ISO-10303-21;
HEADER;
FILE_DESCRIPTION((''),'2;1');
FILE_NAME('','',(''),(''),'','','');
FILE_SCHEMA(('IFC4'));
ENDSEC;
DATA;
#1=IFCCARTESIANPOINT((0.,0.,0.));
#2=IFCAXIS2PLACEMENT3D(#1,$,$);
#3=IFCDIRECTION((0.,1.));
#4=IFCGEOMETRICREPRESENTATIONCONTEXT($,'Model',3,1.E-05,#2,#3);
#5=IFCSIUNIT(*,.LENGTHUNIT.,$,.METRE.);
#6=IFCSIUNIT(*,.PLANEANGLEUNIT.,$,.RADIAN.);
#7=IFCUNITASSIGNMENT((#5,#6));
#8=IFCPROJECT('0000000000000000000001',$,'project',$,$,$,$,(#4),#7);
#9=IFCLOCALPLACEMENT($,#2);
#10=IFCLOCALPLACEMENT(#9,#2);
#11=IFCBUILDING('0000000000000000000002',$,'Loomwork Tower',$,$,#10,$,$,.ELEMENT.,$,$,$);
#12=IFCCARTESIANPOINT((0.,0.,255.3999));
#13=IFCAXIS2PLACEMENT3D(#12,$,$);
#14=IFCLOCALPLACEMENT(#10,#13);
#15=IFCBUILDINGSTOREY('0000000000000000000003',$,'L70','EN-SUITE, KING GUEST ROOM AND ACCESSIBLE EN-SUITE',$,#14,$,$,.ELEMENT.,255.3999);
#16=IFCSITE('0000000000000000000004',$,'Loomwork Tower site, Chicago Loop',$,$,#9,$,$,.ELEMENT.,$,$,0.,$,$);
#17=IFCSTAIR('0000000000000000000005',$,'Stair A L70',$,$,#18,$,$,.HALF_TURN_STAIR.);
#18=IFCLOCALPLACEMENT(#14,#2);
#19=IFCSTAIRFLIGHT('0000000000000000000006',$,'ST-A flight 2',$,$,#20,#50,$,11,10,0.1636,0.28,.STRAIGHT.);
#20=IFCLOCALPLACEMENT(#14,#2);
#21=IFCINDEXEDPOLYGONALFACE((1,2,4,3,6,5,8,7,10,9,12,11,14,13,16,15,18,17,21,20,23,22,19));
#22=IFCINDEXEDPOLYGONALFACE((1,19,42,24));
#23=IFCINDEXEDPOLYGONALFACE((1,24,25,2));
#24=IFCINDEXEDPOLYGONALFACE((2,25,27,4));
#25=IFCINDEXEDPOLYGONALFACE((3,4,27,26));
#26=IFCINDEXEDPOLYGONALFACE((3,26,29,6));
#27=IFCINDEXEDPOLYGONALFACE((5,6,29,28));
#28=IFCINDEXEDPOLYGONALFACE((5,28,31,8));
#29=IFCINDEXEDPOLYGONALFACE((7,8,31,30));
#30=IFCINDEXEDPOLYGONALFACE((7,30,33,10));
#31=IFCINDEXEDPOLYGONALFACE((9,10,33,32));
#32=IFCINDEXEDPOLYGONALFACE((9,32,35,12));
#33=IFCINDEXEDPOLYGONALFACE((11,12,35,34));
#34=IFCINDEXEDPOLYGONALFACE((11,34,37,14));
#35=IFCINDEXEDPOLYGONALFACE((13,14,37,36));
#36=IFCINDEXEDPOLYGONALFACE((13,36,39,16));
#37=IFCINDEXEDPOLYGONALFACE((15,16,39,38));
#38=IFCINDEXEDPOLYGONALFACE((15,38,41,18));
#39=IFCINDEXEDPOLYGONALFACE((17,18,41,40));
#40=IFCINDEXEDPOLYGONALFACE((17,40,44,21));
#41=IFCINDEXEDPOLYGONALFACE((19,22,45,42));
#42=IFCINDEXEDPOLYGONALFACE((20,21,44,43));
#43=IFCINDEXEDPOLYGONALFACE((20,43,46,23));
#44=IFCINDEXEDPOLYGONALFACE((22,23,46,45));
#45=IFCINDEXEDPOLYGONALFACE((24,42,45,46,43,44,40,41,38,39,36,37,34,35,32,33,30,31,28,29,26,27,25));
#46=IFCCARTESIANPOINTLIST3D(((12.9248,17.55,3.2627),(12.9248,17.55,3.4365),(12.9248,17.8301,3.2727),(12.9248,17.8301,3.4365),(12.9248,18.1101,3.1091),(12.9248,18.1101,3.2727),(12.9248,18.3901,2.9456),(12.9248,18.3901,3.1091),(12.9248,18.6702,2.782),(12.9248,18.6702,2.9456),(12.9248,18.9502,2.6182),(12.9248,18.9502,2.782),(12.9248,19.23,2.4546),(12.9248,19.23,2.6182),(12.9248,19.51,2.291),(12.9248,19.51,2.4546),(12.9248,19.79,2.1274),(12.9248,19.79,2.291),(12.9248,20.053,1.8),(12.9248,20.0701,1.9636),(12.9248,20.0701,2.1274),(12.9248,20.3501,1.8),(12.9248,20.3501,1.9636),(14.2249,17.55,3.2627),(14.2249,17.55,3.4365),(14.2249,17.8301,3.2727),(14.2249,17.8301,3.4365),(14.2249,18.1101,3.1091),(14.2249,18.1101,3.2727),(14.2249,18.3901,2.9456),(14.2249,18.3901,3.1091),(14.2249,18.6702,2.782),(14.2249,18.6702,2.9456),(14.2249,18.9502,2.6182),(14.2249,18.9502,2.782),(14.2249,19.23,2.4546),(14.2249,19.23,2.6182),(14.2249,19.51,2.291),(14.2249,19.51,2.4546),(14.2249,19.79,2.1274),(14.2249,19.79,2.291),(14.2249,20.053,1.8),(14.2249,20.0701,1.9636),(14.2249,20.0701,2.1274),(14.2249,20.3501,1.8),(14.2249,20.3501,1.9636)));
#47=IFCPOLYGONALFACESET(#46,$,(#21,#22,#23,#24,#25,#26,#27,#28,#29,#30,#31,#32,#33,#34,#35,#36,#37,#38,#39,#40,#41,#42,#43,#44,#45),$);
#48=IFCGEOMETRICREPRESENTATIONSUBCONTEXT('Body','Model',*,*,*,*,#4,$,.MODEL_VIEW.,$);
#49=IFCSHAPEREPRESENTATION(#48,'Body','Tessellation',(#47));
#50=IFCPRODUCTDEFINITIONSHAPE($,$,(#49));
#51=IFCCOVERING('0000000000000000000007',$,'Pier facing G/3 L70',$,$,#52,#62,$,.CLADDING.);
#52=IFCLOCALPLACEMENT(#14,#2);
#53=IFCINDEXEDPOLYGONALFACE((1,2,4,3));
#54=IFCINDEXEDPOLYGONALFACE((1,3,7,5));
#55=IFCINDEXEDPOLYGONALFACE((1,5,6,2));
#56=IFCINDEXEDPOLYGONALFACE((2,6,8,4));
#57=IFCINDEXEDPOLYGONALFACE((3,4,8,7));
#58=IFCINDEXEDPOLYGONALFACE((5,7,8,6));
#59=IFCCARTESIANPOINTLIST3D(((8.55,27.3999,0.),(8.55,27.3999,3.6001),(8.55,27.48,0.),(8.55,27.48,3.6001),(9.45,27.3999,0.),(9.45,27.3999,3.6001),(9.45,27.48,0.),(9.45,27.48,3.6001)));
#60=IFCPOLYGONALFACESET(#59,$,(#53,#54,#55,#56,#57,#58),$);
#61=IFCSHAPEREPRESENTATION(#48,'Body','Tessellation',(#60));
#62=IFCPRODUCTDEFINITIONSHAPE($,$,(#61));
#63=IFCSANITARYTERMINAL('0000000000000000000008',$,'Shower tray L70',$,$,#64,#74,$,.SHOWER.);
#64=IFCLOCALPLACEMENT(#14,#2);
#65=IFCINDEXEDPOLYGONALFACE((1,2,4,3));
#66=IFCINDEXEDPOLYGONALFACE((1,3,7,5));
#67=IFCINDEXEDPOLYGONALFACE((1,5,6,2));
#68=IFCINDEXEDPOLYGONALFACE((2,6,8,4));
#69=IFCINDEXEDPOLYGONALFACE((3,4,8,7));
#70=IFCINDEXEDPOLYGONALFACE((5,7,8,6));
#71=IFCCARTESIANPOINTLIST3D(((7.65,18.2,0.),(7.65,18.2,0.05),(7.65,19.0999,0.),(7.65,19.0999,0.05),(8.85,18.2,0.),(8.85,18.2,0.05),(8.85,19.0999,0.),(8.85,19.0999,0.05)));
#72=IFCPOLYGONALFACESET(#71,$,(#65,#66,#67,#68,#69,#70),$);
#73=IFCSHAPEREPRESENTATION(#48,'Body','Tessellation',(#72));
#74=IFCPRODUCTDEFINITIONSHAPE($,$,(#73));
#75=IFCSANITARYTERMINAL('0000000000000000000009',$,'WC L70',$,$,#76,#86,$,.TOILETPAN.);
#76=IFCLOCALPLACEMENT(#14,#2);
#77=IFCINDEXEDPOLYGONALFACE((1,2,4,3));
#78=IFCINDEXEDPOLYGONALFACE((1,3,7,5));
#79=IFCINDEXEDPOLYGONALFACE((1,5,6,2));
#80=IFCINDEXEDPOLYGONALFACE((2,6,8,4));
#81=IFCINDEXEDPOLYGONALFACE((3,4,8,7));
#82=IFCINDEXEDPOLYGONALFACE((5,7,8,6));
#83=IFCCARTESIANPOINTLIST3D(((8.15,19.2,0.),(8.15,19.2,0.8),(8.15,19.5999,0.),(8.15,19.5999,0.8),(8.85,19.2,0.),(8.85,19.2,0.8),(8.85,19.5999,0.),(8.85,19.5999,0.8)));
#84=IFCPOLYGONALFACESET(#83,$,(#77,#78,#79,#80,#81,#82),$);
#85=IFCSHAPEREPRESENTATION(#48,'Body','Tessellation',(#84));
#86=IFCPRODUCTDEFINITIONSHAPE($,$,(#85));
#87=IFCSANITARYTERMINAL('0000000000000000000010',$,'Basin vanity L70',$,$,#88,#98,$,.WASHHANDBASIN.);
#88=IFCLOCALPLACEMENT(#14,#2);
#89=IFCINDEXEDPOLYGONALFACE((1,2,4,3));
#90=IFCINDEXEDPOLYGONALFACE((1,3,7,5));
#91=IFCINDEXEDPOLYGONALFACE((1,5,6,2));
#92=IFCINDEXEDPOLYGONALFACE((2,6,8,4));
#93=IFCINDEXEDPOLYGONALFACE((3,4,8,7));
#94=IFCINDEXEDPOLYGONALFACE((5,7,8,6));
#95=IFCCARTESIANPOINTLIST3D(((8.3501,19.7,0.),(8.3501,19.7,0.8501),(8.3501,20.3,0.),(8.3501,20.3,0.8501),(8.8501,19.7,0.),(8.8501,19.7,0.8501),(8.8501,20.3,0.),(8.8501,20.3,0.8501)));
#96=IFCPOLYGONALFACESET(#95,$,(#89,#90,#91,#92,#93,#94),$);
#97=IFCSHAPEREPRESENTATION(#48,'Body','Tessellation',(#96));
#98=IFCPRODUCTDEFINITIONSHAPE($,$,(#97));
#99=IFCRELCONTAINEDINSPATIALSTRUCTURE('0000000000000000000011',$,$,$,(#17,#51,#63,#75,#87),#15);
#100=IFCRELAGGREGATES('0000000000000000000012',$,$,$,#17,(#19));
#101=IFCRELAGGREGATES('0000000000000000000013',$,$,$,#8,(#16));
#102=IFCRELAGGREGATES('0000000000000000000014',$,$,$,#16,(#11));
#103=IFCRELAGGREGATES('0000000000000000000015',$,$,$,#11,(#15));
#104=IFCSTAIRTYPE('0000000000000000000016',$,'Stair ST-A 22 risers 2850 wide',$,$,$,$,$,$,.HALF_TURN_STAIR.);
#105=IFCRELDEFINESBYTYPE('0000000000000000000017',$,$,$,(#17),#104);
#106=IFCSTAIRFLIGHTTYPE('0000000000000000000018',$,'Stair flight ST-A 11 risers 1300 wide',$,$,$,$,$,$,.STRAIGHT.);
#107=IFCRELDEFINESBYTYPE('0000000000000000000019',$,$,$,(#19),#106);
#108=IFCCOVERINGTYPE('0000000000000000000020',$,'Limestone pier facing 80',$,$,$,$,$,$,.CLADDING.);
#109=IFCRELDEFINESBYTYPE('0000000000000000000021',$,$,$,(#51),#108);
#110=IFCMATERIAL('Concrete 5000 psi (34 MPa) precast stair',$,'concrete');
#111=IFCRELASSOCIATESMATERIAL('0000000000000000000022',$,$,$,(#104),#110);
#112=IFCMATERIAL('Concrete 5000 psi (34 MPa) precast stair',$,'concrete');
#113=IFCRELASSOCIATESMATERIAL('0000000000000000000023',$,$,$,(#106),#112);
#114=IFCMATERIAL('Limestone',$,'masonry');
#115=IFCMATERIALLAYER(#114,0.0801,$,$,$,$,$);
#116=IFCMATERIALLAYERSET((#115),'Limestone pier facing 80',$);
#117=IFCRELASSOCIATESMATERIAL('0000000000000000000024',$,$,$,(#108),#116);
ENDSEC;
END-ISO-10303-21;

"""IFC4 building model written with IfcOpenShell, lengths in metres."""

from ifc_helpers import new_model, si_unit, direction, frame, origin, origin_2d, place, context, subcontext, project, spatial, polyline, rectangle, outline, extrude, material, layer, layer_set, type_object, element, aggregate, save


model = new_model("IFC4")

# Units and contexts
model_context = context("Model", 3, precision=1e-05, world=origin(), true_north=direction((0.0, 1.0)))
body_context = subcontext(model_context, "Body", "Model", "MODEL_VIEW")
ifc_project = project(units=[si_unit("LENGTHUNIT", "METRE"), si_unit("PLANEANGLEUNIT", "RADIAN")], contexts=[model_context])

# Site, building, storey
site_placement = place(None, origin())
site = spatial("IfcSite", under=ifc_project, at=site_placement, Name="Loomwork Tower site, Chicago Loop", CompositionType="ELEMENT", RefElevation=0.0)
building_placement = place(site_placement, origin())
building = spatial("IfcBuilding", under=site, at=building_placement, Name="Loomwork Tower", CompositionType="ELEMENT")
storey_placement = place(building_placement, frame((0.0, 0.0, 255.3999)))
storey = spatial("IfcBuildingStorey", under=building, at=storey_placement, Name="L70", Description="EN-SUITE, KING GUEST ROOM AND ACCESSIBLE EN-SUITE", CompositionType="ELEMENT", Elevation=255.3999)

# Stair, stair flight
ifc_material_1 = material(Name="Concrete 5000 psi (34 MPa) precast stair", Category="concrete")
stair_type = type_object("IfcStairType", Name="Stair ST-A 22 risers 2850 wide", PredefinedType="HALF_TURN_STAIR", material=ifc_material_1)
stair_placement = place(storey_placement, origin())
stair = element("IfcStair", 1, at=stair_placement, inside=storey, type_object=stair_type, Name="Stair A L70", PredefinedType="HALF_TURN_STAIR")
ifc_material_2 = material(Name="Concrete 5000 psi (34 MPa) precast stair", Category="concrete")
stair_flight_type = type_object("IfcStairFlightType", Name="Stair flight ST-A 11 risers 1300 wide", PredefinedType="STRAIGHT", material=ifc_material_2)
stair_flight_placement = place(storey_placement, frame((13.575, 20.3501, 1.8), z_axis=(0.0, 0.0, 1.0), x_axis=(0.0, -1.0, 0.0)))
stair_flight = element("IfcStairFlight", 2, at=stair_flight_placement, type_object=stair_flight_type, Name="ST-A flight 2", NumberOfRisers=11, NumberOfTreads=10, PredefinedType="STRAIGHT", RiserHeight=0.1636, TreadLength=0.28, context=body_context, shape_type="SweptSolid", body=[
    extrude(outline(polyline([(0.0, 0.0), (0.0, 0.1636), (0.28, 0.1636), (0.28, 0.3274), (0.5601, 0.3274), (0.5601, 0.491), (0.8401, 0.491), (0.8401, 0.6545), (1.1201, 0.6545), (1.1201, 0.8181), (1.3999, 0.8181), (1.3999, 0.9819), (1.6799, 0.9819), (1.6799, 1.1455), (1.96, 1.1455), (1.96, 1.3091), (2.24, 1.3091), (2.24, 1.4727), (2.52, 1.4727), (2.52, 1.6365), (2.8, 1.6365), (2.8, 1.8), (2.8, 1.4626), (0.2971, 0.0), (0.0, 0.0)])), frame((0.0, 0.6499, 0.0), z_axis=(0.0, -1.0, 0.0), x_axis=(1.0, 0.0, 0.0)), (0.0, 0.0, 1.0), 1.3),
])
aggregate(stair, [stair_flight])

# Covering
ifc_material_3 = material(Name="Limestone", Category="masonry")
ifc_layer_1 = layer(ifc_material_3, 0.0801)
ifc_layer_set_1 = layer_set([ifc_layer_1], Name="Limestone pier facing 80")
covering_type = type_object("IfcCoveringType", Name="Limestone pier facing 80", PredefinedType="CLADDING", material=ifc_layer_set_1)
covering_placement = place(storey_placement, frame((9.0, 27.4399, 0.0), z_axis=(0.0, 0.0, 1.0), x_axis=(1.0, 0.0, 0.0)))
element("IfcCovering", 3, at=covering_placement, inside=storey, type_object=covering_type, Name="Pier facing G/3 L70", PredefinedType="CLADDING", context=body_context, shape_type="SweptSolid", body=[
    extrude(rectangle(XDim=0.8999, YDim=0.0801, at=origin_2d()), origin(), (0.0, 0.0, 1.0), 3.6001),
])

# Sanitary terminals
sanitary_terminal_1_placement = place(storey_placement, frame((8.25, 18.6499, 0.0), z_axis=(0.0, 0.0, 1.0), x_axis=(1.0, 0.0, 0.0)))
element("IfcSanitaryTerminal", 4, at=sanitary_terminal_1_placement, inside=storey, Name="Shower tray L70", PredefinedType="SHOWER", context=body_context, shape_type="SweptSolid", body=[
    extrude(rectangle(XDim=1.2, YDim=0.8999, at=origin_2d()), origin(), (0.0, 0.0, 1.0), 0.05),
])
sanitary_terminal_2_placement = place(storey_placement, frame((8.5, 19.3999, 0.0), z_axis=(0.0, 0.0, 1.0), x_axis=(1.0, 0.0, 0.0)))
element("IfcSanitaryTerminal", 5, at=sanitary_terminal_2_placement, inside=storey, Name="WC L70", PredefinedType="TOILETPAN", context=body_context, shape_type="SweptSolid", body=[
    extrude(rectangle(XDim=0.7, YDim=0.3999, at=origin_2d()), origin(), (0.0, 0.0, 1.0), 0.8),
])
sanitary_terminal_3_placement = place(storey_placement, frame((8.6001, 20.0, 0.0), z_axis=(0.0, 0.0, 1.0), x_axis=(1.0, 0.0, 0.0)))
element("IfcSanitaryTerminal", 6, at=sanitary_terminal_3_placement, inside=storey, Name="Basin vanity L70", PredefinedType="WASHHANDBASIN", context=body_context, shape_type="SweptSolid", body=[
    extrude(rectangle(XDim=0.5, YDim=0.6001, at=origin_2d()), origin(), (0.0, 0.0, 1.0), 0.8501),
])

save(model, "model.ifc")
